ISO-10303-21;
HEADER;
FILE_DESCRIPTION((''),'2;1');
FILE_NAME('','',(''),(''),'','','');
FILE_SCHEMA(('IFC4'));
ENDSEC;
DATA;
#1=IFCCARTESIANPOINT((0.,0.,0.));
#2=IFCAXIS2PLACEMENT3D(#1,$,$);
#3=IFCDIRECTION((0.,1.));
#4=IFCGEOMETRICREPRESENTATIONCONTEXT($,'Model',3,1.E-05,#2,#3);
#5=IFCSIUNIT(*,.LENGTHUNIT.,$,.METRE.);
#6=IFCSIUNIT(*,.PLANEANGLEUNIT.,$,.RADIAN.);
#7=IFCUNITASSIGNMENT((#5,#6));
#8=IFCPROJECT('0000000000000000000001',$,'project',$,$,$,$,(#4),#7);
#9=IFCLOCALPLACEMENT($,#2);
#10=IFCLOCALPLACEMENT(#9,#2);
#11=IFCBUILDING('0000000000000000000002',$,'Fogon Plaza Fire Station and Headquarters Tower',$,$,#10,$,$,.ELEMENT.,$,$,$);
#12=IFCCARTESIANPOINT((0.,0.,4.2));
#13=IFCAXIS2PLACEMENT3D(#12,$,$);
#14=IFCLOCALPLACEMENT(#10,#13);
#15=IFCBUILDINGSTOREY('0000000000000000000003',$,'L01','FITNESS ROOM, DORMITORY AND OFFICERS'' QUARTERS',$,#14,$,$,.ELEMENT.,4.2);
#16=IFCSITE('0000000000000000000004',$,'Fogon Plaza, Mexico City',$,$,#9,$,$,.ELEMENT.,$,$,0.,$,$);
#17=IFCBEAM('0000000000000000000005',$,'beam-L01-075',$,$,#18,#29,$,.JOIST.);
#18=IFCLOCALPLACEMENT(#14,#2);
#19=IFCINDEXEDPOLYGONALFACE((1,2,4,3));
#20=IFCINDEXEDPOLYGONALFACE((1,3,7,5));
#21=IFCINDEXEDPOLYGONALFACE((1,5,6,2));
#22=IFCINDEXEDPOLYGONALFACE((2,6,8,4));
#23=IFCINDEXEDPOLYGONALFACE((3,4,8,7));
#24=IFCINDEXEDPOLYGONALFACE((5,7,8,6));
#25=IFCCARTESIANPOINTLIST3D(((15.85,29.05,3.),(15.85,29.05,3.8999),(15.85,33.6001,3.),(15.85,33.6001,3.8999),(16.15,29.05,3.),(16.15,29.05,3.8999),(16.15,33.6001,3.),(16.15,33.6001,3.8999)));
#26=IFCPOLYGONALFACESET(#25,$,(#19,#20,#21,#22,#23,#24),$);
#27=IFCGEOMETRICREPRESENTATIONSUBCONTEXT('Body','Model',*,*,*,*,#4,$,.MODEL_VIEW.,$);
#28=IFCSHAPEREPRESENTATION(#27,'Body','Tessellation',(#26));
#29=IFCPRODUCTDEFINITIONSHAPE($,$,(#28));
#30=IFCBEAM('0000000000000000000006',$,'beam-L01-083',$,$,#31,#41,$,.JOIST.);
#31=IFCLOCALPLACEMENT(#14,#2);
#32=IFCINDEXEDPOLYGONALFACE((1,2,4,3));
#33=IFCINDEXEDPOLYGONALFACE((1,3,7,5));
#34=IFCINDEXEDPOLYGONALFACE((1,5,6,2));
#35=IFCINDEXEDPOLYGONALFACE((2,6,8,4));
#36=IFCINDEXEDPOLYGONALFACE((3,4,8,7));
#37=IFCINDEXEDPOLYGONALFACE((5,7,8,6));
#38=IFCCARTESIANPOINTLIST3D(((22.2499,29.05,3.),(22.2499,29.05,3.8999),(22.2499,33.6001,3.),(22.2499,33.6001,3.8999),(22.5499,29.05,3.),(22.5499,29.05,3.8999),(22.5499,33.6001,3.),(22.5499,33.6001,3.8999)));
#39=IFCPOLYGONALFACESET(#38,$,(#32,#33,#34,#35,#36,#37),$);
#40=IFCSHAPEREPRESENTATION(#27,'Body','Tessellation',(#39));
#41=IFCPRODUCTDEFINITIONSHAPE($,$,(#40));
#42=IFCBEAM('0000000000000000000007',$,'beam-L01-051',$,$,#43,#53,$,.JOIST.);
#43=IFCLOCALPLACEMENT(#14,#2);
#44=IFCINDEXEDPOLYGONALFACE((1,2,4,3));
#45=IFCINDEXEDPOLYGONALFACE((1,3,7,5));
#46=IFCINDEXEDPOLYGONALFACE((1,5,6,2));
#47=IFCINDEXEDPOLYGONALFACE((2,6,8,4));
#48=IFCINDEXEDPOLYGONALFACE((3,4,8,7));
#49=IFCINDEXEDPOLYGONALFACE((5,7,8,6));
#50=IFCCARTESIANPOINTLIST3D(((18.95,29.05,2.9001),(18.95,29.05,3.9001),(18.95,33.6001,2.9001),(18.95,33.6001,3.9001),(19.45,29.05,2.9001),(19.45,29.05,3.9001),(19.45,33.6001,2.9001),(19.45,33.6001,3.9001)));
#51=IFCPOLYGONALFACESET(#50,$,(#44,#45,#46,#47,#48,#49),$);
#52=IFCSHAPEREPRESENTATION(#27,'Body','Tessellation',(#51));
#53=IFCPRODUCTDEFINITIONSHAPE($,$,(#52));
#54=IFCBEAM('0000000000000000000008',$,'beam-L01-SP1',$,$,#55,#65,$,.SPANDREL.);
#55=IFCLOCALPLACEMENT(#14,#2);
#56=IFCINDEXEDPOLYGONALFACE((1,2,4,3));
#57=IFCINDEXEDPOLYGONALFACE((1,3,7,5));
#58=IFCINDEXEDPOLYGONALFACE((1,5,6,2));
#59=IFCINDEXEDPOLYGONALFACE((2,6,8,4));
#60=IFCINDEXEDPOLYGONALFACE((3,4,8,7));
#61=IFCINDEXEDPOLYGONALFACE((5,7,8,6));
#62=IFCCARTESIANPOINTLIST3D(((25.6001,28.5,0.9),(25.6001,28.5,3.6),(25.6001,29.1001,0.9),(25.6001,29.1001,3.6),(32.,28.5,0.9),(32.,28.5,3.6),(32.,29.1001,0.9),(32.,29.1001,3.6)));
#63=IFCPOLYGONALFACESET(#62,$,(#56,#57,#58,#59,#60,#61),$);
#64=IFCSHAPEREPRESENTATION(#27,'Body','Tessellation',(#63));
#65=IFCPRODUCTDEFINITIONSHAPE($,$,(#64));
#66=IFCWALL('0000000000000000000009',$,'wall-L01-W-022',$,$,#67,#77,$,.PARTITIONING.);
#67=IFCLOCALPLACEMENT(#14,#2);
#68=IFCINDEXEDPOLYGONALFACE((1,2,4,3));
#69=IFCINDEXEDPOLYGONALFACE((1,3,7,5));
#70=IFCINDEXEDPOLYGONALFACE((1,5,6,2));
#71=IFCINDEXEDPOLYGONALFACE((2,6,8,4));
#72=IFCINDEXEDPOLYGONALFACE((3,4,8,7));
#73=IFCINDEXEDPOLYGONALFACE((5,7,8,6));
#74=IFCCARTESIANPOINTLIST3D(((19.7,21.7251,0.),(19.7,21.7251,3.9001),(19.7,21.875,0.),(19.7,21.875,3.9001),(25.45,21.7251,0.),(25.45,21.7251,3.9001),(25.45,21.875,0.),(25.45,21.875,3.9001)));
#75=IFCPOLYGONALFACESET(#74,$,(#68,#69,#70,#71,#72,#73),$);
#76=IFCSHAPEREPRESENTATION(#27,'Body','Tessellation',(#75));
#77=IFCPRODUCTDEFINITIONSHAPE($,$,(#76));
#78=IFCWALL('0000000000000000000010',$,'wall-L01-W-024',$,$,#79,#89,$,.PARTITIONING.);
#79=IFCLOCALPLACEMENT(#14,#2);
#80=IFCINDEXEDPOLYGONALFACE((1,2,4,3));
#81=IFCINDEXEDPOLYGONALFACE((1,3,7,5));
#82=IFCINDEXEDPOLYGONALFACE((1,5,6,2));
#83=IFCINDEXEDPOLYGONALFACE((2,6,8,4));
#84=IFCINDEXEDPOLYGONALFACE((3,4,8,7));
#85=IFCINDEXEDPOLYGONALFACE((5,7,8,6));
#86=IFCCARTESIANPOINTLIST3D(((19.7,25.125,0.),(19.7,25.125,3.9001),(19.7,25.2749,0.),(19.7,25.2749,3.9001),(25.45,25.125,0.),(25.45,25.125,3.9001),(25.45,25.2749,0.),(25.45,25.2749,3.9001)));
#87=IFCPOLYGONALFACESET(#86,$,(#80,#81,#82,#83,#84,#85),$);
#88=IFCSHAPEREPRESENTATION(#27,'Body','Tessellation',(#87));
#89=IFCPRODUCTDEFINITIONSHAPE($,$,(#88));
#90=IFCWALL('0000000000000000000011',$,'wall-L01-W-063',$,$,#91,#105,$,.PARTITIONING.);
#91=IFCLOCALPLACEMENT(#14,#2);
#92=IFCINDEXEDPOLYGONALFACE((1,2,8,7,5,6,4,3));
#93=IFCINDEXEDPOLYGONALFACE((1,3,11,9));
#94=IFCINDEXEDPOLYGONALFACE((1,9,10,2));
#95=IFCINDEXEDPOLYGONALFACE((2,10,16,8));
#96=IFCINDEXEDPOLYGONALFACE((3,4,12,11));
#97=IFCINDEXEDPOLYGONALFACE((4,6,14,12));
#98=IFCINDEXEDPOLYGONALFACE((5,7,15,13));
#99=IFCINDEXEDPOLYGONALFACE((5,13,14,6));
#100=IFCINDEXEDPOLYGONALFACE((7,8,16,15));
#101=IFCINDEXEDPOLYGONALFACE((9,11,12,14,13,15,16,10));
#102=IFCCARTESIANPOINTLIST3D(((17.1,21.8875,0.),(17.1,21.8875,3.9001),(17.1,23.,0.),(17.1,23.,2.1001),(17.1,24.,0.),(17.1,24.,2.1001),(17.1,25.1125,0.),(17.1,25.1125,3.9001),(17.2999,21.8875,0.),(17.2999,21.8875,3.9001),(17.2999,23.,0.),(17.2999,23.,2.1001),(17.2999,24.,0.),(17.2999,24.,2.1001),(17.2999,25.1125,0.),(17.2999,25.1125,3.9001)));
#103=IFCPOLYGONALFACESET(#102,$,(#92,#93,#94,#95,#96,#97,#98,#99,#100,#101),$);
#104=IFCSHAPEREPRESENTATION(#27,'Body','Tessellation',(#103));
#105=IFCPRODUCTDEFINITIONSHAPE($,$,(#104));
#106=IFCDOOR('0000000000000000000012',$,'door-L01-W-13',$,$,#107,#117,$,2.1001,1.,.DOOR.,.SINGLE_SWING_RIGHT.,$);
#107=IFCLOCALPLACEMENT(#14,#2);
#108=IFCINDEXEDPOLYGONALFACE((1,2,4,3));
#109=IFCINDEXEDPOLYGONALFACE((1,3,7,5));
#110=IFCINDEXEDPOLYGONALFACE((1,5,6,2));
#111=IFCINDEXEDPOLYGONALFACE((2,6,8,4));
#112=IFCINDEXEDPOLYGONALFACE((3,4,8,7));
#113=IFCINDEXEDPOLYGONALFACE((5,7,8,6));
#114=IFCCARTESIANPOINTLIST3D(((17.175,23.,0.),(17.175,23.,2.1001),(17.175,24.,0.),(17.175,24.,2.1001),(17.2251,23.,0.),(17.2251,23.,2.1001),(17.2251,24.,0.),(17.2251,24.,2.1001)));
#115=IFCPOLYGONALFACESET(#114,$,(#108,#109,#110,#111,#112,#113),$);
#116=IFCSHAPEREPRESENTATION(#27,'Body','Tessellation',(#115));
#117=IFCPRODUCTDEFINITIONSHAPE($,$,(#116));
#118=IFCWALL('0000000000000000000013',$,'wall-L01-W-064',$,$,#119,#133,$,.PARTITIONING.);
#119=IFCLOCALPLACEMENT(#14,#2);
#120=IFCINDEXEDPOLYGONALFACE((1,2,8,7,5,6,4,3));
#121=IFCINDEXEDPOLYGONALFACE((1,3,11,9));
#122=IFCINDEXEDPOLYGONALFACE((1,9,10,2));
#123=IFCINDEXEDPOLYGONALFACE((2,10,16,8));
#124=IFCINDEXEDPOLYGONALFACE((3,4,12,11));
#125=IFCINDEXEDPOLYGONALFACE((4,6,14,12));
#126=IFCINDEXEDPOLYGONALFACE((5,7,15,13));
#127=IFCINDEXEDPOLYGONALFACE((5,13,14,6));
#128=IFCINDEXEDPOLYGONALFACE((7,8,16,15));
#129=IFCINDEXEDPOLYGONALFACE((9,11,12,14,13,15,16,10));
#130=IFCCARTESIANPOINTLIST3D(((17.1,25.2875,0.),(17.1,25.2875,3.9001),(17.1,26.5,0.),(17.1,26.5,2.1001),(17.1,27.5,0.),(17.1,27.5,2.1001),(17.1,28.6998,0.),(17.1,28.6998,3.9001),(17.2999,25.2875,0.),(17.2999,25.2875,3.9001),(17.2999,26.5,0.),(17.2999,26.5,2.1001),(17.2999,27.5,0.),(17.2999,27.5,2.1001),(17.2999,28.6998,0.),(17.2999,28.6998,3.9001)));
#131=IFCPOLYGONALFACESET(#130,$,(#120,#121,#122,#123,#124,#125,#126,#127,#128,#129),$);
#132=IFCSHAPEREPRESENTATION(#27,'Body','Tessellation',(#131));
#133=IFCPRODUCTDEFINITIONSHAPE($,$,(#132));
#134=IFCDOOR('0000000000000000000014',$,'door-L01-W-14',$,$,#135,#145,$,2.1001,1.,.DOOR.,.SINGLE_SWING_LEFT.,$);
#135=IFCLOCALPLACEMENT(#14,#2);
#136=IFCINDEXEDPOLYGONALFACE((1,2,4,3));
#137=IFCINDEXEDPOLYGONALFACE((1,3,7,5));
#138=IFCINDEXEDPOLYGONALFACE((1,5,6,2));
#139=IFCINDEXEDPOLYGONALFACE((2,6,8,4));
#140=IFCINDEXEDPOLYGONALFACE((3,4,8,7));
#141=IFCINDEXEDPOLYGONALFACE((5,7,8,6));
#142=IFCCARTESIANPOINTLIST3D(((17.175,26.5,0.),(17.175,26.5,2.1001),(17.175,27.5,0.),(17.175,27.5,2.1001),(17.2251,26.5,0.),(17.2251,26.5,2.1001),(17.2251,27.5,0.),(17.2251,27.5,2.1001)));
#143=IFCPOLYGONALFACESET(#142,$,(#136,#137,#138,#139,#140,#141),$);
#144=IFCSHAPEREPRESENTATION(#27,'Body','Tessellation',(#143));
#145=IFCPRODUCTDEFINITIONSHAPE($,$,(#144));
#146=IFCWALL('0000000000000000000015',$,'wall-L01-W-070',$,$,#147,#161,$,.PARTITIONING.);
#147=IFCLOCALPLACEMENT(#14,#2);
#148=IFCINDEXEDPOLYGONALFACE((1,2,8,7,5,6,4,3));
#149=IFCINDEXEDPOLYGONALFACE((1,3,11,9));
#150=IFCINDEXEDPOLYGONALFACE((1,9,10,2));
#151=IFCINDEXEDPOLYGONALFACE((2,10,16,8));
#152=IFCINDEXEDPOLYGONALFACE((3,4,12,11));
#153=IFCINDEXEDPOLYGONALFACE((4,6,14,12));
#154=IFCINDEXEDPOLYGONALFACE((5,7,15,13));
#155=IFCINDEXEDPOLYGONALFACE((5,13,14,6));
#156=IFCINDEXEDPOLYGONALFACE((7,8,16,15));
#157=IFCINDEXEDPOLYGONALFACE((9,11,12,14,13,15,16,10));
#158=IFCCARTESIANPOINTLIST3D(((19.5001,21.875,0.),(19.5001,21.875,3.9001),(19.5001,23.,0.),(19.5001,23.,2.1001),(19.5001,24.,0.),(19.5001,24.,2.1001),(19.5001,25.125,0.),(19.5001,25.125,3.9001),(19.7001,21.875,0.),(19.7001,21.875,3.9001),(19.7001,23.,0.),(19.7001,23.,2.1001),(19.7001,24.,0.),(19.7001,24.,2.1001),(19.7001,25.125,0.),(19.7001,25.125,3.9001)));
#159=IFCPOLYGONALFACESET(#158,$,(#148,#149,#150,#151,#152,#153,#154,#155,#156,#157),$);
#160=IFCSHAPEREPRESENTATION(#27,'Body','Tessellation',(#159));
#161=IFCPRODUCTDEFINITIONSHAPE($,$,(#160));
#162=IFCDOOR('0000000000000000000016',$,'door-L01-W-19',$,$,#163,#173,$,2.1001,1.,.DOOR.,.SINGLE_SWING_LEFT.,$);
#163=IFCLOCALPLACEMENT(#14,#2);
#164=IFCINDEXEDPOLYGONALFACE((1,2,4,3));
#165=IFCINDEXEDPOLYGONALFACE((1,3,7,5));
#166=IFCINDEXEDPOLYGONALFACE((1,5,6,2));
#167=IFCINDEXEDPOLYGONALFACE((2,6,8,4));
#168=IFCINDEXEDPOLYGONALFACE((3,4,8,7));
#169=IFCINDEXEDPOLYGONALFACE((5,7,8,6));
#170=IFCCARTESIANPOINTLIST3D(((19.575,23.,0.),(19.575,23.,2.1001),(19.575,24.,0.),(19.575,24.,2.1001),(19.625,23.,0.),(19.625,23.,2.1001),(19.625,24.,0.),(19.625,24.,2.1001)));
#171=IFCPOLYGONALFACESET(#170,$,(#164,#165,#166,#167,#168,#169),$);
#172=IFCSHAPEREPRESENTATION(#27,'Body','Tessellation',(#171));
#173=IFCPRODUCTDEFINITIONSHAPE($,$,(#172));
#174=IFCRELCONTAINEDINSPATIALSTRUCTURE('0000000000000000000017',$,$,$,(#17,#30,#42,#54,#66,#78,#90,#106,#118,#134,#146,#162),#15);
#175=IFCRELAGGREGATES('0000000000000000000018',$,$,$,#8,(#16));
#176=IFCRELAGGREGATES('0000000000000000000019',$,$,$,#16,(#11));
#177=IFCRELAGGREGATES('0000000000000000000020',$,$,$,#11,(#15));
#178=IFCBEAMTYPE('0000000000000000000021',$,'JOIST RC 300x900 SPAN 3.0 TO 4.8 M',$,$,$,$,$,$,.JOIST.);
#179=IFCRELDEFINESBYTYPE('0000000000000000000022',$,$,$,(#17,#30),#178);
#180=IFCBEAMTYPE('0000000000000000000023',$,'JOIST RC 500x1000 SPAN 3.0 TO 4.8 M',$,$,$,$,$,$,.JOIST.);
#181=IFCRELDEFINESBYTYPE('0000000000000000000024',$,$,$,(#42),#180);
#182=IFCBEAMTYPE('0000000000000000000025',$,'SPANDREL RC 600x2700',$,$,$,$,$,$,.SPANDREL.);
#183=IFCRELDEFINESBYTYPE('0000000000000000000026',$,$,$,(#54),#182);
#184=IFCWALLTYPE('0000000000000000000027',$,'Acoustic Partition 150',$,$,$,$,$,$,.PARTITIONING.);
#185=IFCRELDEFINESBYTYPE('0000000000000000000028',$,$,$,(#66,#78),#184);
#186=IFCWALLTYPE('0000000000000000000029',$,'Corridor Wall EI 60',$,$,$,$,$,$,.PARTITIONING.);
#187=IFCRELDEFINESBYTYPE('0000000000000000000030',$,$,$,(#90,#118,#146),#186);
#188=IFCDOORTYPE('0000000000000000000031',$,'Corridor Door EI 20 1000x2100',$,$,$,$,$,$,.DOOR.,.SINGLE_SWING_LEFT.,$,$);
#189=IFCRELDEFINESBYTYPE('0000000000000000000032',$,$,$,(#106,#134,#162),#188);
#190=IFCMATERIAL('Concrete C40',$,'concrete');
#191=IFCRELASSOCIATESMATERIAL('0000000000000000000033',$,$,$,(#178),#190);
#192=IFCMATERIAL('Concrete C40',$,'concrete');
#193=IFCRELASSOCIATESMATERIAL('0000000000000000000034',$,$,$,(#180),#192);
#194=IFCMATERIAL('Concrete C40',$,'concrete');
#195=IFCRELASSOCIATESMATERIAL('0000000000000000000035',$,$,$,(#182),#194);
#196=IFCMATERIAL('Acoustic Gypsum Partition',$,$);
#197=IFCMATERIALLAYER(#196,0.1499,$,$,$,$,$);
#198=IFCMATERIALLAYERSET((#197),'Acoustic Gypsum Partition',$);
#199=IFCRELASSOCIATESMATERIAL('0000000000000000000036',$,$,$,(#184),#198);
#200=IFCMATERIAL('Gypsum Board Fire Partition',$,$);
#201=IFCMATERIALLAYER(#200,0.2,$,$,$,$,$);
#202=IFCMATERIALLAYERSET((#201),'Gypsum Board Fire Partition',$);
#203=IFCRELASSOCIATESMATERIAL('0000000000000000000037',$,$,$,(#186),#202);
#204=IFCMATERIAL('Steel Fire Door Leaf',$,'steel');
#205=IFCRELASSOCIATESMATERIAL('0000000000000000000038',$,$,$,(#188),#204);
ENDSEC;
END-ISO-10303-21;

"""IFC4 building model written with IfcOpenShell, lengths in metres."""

from ifc_helpers import new_model, si_unit, direction, frame, frame_2d, origin, origin_2d, place, context, subcontext, project, spatial, rectangle, extrude, material, layer, layer_set, material_profile, profile_set, type_object, element, fill, save


model = new_model("IFC4")

# Units and contexts
model_context = context("Model", 3, precision=1e-05, world=origin(), true_north=direction((0.0, 1.0)))
body_context = subcontext(model_context, "Body", "Model", "MODEL_VIEW")
ifc_project = project(units=[si_unit("LENGTHUNIT", "METRE"), si_unit("PLANEANGLEUNIT", "RADIAN")], contexts=[model_context])

# Site, building, storey
site_placement = place(None, origin())
site = spatial("IfcSite", under=ifc_project, at=site_placement, Name="Fogon Plaza, Mexico City", CompositionType="ELEMENT", RefElevation=0.0)
building_placement = place(site_placement, origin())
building = spatial("IfcBuilding", under=site, at=building_placement, Name="Fogon Plaza Fire Station and Headquarters Tower", CompositionType="ELEMENT")
storey_placement = place(building_placement, frame((0.0, 0.0, 4.2)))
storey = spatial("IfcBuildingStorey", under=building, at=storey_placement, Name="L01", Description="FITNESS ROOM, DORMITORY AND OFFICERS' QUARTERS", CompositionType="ELEMENT", Elevation=4.2)

# Beams
ifc_material_1 = material(Name="Concrete C40", Category="concrete")
ifc_material_profile_1 = material_profile(ifc_material_1, rectangle(XDim=0.3, YDim=0.8999, at=origin_2d()), Name="RC 300x900")
ifc_profile_set_1 = profile_set([ifc_material_profile_1], Name="Concrete C40")
beam_type_1 = type_object("IfcBeamType", Name="JOIST RC 300x900 SPAN 3.0 TO 4.8 M", PredefinedType="JOIST", material=ifc_profile_set_1)
for number, where, z_axis, x_axis, name in (
    (1, (16.0, 29.05, 3.45), (0.0, 1.0, 0.0), (-1.0, 0.0, 0.0), "beam-L01-075"),
    (2, (22.3999, 29.05, 3.45), (0.0, 1.0, 0.0), (-1.0, 0.0, 0.0), "beam-L01-083"),
):
    element("IfcBeam", number, at=place(storey_placement, frame(where, z_axis=z_axis, x_axis=x_axis)), inside=storey, type_object=beam_type_1, Name=name, PredefinedType="JOIST", context=body_context, shape_type="SweptSolid", body=[
        extrude(rectangle(XDim=0.3, YDim=0.8999, at=origin_2d()), origin(), (0.0, 0.0, 1.0), 4.55),
    ])
ifc_material_2 = material(Name="Concrete C40", Category="concrete")
ifc_material_profile_2 = material_profile(ifc_material_2, rectangle(XDim=0.5, YDim=1.0, at=origin_2d()), Name="RC 500x1000")
ifc_profile_set_2 = profile_set([ifc_material_profile_2], Name="Concrete C40")
beam_type_2 = type_object("IfcBeamType", Name="JOIST RC 500x1000 SPAN 3.0 TO 4.8 M", PredefinedType="JOIST", material=ifc_profile_set_2)
beam_1_placement = place(storey_placement, frame((19.2, 29.05, 3.4001), z_axis=(0.0, 1.0, 0.0), x_axis=(-1.0, 0.0, 0.0)))
element("IfcBeam", 3, at=beam_1_placement, inside=storey, type_object=beam_type_2, Name="beam-L01-051", PredefinedType="JOIST", context=body_context, shape_type="SweptSolid", body=[
    extrude(rectangle(XDim=0.5, YDim=1.0, at=origin_2d()), origin(), (0.0, 0.0, 1.0), 4.55),
])
ifc_material_3 = material(Name="Concrete C40", Category="concrete")
ifc_material_profile_3 = material_profile(ifc_material_3, rectangle(XDim=0.6001, YDim=2.7, at=origin_2d()), Name="RC 600x2700")
ifc_profile_set_3 = profile_set([ifc_material_profile_3], Name="Concrete C40")
beam_type_3 = type_object("IfcBeamType", Name="SPANDREL RC 600x2700", PredefinedType="SPANDREL", material=ifc_profile_set_3)
beam_2_placement = place(storey_placement, frame((25.6001, 28.8, 2.25), z_axis=(1.0, 0.0, 0.0), x_axis=(0.0, 1.0, 0.0)))
element("IfcBeam", 4, at=beam_2_placement, inside=storey, type_object=beam_type_3, Name="beam-L01-SP1", PredefinedType="SPANDREL", context=body_context, shape_type="SweptSolid", body=[
    extrude(rectangle(XDim=0.6001, YDim=2.7, at=origin_2d()), origin(), (0.0, 0.0, 1.0), 6.3999),
])

# Walls
ifc_material_4 = material(Name="Acoustic Gypsum Partition")
ifc_layer_1 = layer(ifc_material_4, 0.1499)
ifc_layer_set_1 = layer_set([ifc_layer_1], Name="Acoustic Gypsum Partition")
wall_type_1 = type_object("IfcWallType", Name="Acoustic Partition 150", PredefinedType="PARTITIONING", material=ifc_layer_set_1)
for number, where, z_axis, x_axis, name in (
    (5, (19.7, 21.8, 0.0), (0.0, 0.0, 1.0), (1.0, 0.0, 0.0), "wall-L01-W-022"),
    (6, (19.7, 25.2, 0.0), (0.0, 0.0, 1.0), (1.0, 0.0, 0.0), "wall-L01-W-024"),
):
    element("IfcWall", number, at=place(storey_placement, frame(where, z_axis=z_axis, x_axis=x_axis)), inside=storey, type_object=wall_type_1, Name=name, PredefinedType="PARTITIONING", context=body_context, shape_type="SweptSolid", body=[
        extrude(rectangle(XDim=5.75, YDim=0.1499, at=frame_2d((2.875, 0.0))), origin(), (0.0, 0.0, 1.0), 3.9001),
    ])

# Walls, openings, doors
ifc_material_5 = material(Name="Gypsum Board Fire Partition")
ifc_layer_2 = layer(ifc_material_5, 0.2)
ifc_layer_set_2 = layer_set([ifc_layer_2], Name="Gypsum Board Fire Partition")
wall_type_2 = type_object("IfcWallType", Name="Corridor Wall EI 60", PredefinedType="PARTITIONING", material=ifc_layer_set_2)
wall_1_placement = place(storey_placement, frame((17.2, 21.8875, 0.0), z_axis=(0.0, 0.0, 1.0), x_axis=(0.0, 1.0, 0.0)))
wall_1 = element("IfcWall", 7, at=wall_1_placement, inside=storey, type_object=wall_type_2, Name="wall-L01-W-063", PredefinedType="PARTITIONING", context=body_context, shape_type="SweptSolid", body=[
    extrude(rectangle(XDim=3.2251, YDim=0.2, at=frame_2d((1.6125, 0.0))), origin(), (0.0, 0.0, 1.0), 3.9001),
])
opening_1_placement = place(wall_1_placement, frame((1.1125, 0.0, 0.0)))
opening_1 = element("IfcOpeningElement", 8, at=opening_1_placement, cuts=wall_1, PredefinedType="OPENING", context=body_context, shape_type="SweptSolid", body=[
    extrude(rectangle(XDim=1.0, YDim=2.1001, at=frame_2d((0.5, 1.05))), frame((0.0, 0.1099, 0.0), z_axis=(0.0, -1.0, 0.0), x_axis=(1.0, 0.0, 0.0)), (0.0, 0.0, 1.0), 0.22),
])
ifc_material_6 = material(Name="Steel Fire Door Leaf", Category="steel")
door_type = type_object("IfcDoorType", Name="Corridor Door EI 20 1000x2100", OperationType="SINGLE_SWING_LEFT", PredefinedType="DOOR", material=ifc_material_6)
door_1_placement = place(opening_1_placement, origin())
door_1 = element("IfcDoor", 9, at=door_1_placement, inside=storey, type_object=door_type, Name="door-L01-W-13", OperationType="SINGLE_SWING_RIGHT", OverallHeight=2.1001, OverallWidth=1.0, PredefinedType="DOOR", context=body_context, shape_type="SweptSolid", body=[
    extrude(rectangle(XDim=1.0, YDim=2.1001, at=frame_2d((0.5, 1.05))), frame((0.0, 0.0249, 0.0), z_axis=(0.0, -1.0, 0.0), x_axis=(1.0, 0.0, 0.0)), (0.0, 0.0, 1.0), 0.05),
])
fill(opening_1, door_1)
wall_2_placement = place(storey_placement, frame((17.2, 25.2876, 0.0), z_axis=(0.0, 0.0, 1.0), x_axis=(0.0, 1.0, 0.0)))
wall_2 = element("IfcWall", 10, at=wall_2_placement, inside=storey, type_object=wall_type_2, Name="wall-L01-W-064", PredefinedType="PARTITIONING", context=body_context, shape_type="SweptSolid", body=[
    extrude(rectangle(XDim=3.4124, YDim=0.2, at=frame_2d((1.7061, 0.0))), origin(), (0.0, 0.0, 1.0), 3.9001),
])
opening_2_placement = place(wall_2_placement, frame((1.2124, 0.0, 0.0)))
opening_2 = element("IfcOpeningElement", 11, at=opening_2_placement, cuts=wall_2, PredefinedType="OPENING", context=body_context, shape_type="SweptSolid", body=[
    extrude(rectangle(XDim=1.0, YDim=2.1001, at=frame_2d((0.5, 1.05))), frame((0.0, 0.1099, 0.0), z_axis=(0.0, -1.0, 0.0), x_axis=(1.0, 0.0, 0.0)), (0.0, 0.0, 1.0), 0.22),
])
door_2_placement = place(opening_2_placement, origin())
door_2 = element("IfcDoor", 12, at=door_2_placement, inside=storey, type_object=door_type, Name="door-L01-W-14", OperationType="SINGLE_SWING_LEFT", OverallHeight=2.1001, OverallWidth=1.0, PredefinedType="DOOR", context=body_context, shape_type="SweptSolid", body=[
    extrude(rectangle(XDim=1.0, YDim=2.1001, at=frame_2d((0.5, 1.05))), frame((0.0, 0.0249, 0.0), z_axis=(0.0, -1.0, 0.0), x_axis=(1.0, 0.0, 0.0)), (0.0, 0.0, 1.0), 0.05),
])
fill(opening_2, door_2)
wall_3_placement = place(storey_placement, frame((19.6001, 21.875, 0.0), z_axis=(0.0, 0.0, 1.0), x_axis=(0.0, 1.0, 0.0)))
wall_3 = element("IfcWall", 13, at=wall_3_placement, inside=storey, type_object=wall_type_2, Name="wall-L01-W-070", PredefinedType="PARTITIONING", context=body_context, shape_type="SweptSolid", body=[
    extrude(rectangle(XDim=3.25, YDim=0.2, at=frame_2d((1.625, 0.0))), origin(), (0.0, 0.0, 1.0), 3.9001),
])
opening_3_placement = place(wall_3_placement, frame((1.125, 0.0, 0.0)))
opening_3 = element("IfcOpeningElement", 14, at=opening_3_placement, cuts=wall_3, PredefinedType="OPENING", context=body_context, shape_type="SweptSolid", body=[
    extrude(rectangle(XDim=1.0, YDim=2.1001, at=frame_2d((0.5, 1.05))), frame((0.0, 0.1099, 0.0), z_axis=(0.0, -1.0, 0.0), x_axis=(1.0, 0.0, 0.0)), (0.0, 0.0, 1.0), 0.22),
])
door_3_placement = place(opening_3_placement, frame((1.0, 0.0, 0.0), z_axis=(0.0, 0.0, 1.0), x_axis=(-1.0, 0.0, 0.0)))
door_3 = element("IfcDoor", 15, at=door_3_placement, inside=storey, type_object=door_type, Name="door-L01-W-19", OperationType="SINGLE_SWING_LEFT", OverallHeight=2.1001, OverallWidth=1.0, PredefinedType="DOOR", context=body_context, shape_type="SweptSolid", body=[
    extrude(rectangle(XDim=1.0, YDim=2.1001, at=frame_2d((0.5, 1.05))), frame((0.0, 0.0249, 0.0), z_axis=(0.0, -1.0, 0.0), x_axis=(1.0, 0.0, 0.0)), (0.0, 0.0, 1.0), 0.05),
])
fill(opening_3, door_3)

save(model, "model.ifc")
